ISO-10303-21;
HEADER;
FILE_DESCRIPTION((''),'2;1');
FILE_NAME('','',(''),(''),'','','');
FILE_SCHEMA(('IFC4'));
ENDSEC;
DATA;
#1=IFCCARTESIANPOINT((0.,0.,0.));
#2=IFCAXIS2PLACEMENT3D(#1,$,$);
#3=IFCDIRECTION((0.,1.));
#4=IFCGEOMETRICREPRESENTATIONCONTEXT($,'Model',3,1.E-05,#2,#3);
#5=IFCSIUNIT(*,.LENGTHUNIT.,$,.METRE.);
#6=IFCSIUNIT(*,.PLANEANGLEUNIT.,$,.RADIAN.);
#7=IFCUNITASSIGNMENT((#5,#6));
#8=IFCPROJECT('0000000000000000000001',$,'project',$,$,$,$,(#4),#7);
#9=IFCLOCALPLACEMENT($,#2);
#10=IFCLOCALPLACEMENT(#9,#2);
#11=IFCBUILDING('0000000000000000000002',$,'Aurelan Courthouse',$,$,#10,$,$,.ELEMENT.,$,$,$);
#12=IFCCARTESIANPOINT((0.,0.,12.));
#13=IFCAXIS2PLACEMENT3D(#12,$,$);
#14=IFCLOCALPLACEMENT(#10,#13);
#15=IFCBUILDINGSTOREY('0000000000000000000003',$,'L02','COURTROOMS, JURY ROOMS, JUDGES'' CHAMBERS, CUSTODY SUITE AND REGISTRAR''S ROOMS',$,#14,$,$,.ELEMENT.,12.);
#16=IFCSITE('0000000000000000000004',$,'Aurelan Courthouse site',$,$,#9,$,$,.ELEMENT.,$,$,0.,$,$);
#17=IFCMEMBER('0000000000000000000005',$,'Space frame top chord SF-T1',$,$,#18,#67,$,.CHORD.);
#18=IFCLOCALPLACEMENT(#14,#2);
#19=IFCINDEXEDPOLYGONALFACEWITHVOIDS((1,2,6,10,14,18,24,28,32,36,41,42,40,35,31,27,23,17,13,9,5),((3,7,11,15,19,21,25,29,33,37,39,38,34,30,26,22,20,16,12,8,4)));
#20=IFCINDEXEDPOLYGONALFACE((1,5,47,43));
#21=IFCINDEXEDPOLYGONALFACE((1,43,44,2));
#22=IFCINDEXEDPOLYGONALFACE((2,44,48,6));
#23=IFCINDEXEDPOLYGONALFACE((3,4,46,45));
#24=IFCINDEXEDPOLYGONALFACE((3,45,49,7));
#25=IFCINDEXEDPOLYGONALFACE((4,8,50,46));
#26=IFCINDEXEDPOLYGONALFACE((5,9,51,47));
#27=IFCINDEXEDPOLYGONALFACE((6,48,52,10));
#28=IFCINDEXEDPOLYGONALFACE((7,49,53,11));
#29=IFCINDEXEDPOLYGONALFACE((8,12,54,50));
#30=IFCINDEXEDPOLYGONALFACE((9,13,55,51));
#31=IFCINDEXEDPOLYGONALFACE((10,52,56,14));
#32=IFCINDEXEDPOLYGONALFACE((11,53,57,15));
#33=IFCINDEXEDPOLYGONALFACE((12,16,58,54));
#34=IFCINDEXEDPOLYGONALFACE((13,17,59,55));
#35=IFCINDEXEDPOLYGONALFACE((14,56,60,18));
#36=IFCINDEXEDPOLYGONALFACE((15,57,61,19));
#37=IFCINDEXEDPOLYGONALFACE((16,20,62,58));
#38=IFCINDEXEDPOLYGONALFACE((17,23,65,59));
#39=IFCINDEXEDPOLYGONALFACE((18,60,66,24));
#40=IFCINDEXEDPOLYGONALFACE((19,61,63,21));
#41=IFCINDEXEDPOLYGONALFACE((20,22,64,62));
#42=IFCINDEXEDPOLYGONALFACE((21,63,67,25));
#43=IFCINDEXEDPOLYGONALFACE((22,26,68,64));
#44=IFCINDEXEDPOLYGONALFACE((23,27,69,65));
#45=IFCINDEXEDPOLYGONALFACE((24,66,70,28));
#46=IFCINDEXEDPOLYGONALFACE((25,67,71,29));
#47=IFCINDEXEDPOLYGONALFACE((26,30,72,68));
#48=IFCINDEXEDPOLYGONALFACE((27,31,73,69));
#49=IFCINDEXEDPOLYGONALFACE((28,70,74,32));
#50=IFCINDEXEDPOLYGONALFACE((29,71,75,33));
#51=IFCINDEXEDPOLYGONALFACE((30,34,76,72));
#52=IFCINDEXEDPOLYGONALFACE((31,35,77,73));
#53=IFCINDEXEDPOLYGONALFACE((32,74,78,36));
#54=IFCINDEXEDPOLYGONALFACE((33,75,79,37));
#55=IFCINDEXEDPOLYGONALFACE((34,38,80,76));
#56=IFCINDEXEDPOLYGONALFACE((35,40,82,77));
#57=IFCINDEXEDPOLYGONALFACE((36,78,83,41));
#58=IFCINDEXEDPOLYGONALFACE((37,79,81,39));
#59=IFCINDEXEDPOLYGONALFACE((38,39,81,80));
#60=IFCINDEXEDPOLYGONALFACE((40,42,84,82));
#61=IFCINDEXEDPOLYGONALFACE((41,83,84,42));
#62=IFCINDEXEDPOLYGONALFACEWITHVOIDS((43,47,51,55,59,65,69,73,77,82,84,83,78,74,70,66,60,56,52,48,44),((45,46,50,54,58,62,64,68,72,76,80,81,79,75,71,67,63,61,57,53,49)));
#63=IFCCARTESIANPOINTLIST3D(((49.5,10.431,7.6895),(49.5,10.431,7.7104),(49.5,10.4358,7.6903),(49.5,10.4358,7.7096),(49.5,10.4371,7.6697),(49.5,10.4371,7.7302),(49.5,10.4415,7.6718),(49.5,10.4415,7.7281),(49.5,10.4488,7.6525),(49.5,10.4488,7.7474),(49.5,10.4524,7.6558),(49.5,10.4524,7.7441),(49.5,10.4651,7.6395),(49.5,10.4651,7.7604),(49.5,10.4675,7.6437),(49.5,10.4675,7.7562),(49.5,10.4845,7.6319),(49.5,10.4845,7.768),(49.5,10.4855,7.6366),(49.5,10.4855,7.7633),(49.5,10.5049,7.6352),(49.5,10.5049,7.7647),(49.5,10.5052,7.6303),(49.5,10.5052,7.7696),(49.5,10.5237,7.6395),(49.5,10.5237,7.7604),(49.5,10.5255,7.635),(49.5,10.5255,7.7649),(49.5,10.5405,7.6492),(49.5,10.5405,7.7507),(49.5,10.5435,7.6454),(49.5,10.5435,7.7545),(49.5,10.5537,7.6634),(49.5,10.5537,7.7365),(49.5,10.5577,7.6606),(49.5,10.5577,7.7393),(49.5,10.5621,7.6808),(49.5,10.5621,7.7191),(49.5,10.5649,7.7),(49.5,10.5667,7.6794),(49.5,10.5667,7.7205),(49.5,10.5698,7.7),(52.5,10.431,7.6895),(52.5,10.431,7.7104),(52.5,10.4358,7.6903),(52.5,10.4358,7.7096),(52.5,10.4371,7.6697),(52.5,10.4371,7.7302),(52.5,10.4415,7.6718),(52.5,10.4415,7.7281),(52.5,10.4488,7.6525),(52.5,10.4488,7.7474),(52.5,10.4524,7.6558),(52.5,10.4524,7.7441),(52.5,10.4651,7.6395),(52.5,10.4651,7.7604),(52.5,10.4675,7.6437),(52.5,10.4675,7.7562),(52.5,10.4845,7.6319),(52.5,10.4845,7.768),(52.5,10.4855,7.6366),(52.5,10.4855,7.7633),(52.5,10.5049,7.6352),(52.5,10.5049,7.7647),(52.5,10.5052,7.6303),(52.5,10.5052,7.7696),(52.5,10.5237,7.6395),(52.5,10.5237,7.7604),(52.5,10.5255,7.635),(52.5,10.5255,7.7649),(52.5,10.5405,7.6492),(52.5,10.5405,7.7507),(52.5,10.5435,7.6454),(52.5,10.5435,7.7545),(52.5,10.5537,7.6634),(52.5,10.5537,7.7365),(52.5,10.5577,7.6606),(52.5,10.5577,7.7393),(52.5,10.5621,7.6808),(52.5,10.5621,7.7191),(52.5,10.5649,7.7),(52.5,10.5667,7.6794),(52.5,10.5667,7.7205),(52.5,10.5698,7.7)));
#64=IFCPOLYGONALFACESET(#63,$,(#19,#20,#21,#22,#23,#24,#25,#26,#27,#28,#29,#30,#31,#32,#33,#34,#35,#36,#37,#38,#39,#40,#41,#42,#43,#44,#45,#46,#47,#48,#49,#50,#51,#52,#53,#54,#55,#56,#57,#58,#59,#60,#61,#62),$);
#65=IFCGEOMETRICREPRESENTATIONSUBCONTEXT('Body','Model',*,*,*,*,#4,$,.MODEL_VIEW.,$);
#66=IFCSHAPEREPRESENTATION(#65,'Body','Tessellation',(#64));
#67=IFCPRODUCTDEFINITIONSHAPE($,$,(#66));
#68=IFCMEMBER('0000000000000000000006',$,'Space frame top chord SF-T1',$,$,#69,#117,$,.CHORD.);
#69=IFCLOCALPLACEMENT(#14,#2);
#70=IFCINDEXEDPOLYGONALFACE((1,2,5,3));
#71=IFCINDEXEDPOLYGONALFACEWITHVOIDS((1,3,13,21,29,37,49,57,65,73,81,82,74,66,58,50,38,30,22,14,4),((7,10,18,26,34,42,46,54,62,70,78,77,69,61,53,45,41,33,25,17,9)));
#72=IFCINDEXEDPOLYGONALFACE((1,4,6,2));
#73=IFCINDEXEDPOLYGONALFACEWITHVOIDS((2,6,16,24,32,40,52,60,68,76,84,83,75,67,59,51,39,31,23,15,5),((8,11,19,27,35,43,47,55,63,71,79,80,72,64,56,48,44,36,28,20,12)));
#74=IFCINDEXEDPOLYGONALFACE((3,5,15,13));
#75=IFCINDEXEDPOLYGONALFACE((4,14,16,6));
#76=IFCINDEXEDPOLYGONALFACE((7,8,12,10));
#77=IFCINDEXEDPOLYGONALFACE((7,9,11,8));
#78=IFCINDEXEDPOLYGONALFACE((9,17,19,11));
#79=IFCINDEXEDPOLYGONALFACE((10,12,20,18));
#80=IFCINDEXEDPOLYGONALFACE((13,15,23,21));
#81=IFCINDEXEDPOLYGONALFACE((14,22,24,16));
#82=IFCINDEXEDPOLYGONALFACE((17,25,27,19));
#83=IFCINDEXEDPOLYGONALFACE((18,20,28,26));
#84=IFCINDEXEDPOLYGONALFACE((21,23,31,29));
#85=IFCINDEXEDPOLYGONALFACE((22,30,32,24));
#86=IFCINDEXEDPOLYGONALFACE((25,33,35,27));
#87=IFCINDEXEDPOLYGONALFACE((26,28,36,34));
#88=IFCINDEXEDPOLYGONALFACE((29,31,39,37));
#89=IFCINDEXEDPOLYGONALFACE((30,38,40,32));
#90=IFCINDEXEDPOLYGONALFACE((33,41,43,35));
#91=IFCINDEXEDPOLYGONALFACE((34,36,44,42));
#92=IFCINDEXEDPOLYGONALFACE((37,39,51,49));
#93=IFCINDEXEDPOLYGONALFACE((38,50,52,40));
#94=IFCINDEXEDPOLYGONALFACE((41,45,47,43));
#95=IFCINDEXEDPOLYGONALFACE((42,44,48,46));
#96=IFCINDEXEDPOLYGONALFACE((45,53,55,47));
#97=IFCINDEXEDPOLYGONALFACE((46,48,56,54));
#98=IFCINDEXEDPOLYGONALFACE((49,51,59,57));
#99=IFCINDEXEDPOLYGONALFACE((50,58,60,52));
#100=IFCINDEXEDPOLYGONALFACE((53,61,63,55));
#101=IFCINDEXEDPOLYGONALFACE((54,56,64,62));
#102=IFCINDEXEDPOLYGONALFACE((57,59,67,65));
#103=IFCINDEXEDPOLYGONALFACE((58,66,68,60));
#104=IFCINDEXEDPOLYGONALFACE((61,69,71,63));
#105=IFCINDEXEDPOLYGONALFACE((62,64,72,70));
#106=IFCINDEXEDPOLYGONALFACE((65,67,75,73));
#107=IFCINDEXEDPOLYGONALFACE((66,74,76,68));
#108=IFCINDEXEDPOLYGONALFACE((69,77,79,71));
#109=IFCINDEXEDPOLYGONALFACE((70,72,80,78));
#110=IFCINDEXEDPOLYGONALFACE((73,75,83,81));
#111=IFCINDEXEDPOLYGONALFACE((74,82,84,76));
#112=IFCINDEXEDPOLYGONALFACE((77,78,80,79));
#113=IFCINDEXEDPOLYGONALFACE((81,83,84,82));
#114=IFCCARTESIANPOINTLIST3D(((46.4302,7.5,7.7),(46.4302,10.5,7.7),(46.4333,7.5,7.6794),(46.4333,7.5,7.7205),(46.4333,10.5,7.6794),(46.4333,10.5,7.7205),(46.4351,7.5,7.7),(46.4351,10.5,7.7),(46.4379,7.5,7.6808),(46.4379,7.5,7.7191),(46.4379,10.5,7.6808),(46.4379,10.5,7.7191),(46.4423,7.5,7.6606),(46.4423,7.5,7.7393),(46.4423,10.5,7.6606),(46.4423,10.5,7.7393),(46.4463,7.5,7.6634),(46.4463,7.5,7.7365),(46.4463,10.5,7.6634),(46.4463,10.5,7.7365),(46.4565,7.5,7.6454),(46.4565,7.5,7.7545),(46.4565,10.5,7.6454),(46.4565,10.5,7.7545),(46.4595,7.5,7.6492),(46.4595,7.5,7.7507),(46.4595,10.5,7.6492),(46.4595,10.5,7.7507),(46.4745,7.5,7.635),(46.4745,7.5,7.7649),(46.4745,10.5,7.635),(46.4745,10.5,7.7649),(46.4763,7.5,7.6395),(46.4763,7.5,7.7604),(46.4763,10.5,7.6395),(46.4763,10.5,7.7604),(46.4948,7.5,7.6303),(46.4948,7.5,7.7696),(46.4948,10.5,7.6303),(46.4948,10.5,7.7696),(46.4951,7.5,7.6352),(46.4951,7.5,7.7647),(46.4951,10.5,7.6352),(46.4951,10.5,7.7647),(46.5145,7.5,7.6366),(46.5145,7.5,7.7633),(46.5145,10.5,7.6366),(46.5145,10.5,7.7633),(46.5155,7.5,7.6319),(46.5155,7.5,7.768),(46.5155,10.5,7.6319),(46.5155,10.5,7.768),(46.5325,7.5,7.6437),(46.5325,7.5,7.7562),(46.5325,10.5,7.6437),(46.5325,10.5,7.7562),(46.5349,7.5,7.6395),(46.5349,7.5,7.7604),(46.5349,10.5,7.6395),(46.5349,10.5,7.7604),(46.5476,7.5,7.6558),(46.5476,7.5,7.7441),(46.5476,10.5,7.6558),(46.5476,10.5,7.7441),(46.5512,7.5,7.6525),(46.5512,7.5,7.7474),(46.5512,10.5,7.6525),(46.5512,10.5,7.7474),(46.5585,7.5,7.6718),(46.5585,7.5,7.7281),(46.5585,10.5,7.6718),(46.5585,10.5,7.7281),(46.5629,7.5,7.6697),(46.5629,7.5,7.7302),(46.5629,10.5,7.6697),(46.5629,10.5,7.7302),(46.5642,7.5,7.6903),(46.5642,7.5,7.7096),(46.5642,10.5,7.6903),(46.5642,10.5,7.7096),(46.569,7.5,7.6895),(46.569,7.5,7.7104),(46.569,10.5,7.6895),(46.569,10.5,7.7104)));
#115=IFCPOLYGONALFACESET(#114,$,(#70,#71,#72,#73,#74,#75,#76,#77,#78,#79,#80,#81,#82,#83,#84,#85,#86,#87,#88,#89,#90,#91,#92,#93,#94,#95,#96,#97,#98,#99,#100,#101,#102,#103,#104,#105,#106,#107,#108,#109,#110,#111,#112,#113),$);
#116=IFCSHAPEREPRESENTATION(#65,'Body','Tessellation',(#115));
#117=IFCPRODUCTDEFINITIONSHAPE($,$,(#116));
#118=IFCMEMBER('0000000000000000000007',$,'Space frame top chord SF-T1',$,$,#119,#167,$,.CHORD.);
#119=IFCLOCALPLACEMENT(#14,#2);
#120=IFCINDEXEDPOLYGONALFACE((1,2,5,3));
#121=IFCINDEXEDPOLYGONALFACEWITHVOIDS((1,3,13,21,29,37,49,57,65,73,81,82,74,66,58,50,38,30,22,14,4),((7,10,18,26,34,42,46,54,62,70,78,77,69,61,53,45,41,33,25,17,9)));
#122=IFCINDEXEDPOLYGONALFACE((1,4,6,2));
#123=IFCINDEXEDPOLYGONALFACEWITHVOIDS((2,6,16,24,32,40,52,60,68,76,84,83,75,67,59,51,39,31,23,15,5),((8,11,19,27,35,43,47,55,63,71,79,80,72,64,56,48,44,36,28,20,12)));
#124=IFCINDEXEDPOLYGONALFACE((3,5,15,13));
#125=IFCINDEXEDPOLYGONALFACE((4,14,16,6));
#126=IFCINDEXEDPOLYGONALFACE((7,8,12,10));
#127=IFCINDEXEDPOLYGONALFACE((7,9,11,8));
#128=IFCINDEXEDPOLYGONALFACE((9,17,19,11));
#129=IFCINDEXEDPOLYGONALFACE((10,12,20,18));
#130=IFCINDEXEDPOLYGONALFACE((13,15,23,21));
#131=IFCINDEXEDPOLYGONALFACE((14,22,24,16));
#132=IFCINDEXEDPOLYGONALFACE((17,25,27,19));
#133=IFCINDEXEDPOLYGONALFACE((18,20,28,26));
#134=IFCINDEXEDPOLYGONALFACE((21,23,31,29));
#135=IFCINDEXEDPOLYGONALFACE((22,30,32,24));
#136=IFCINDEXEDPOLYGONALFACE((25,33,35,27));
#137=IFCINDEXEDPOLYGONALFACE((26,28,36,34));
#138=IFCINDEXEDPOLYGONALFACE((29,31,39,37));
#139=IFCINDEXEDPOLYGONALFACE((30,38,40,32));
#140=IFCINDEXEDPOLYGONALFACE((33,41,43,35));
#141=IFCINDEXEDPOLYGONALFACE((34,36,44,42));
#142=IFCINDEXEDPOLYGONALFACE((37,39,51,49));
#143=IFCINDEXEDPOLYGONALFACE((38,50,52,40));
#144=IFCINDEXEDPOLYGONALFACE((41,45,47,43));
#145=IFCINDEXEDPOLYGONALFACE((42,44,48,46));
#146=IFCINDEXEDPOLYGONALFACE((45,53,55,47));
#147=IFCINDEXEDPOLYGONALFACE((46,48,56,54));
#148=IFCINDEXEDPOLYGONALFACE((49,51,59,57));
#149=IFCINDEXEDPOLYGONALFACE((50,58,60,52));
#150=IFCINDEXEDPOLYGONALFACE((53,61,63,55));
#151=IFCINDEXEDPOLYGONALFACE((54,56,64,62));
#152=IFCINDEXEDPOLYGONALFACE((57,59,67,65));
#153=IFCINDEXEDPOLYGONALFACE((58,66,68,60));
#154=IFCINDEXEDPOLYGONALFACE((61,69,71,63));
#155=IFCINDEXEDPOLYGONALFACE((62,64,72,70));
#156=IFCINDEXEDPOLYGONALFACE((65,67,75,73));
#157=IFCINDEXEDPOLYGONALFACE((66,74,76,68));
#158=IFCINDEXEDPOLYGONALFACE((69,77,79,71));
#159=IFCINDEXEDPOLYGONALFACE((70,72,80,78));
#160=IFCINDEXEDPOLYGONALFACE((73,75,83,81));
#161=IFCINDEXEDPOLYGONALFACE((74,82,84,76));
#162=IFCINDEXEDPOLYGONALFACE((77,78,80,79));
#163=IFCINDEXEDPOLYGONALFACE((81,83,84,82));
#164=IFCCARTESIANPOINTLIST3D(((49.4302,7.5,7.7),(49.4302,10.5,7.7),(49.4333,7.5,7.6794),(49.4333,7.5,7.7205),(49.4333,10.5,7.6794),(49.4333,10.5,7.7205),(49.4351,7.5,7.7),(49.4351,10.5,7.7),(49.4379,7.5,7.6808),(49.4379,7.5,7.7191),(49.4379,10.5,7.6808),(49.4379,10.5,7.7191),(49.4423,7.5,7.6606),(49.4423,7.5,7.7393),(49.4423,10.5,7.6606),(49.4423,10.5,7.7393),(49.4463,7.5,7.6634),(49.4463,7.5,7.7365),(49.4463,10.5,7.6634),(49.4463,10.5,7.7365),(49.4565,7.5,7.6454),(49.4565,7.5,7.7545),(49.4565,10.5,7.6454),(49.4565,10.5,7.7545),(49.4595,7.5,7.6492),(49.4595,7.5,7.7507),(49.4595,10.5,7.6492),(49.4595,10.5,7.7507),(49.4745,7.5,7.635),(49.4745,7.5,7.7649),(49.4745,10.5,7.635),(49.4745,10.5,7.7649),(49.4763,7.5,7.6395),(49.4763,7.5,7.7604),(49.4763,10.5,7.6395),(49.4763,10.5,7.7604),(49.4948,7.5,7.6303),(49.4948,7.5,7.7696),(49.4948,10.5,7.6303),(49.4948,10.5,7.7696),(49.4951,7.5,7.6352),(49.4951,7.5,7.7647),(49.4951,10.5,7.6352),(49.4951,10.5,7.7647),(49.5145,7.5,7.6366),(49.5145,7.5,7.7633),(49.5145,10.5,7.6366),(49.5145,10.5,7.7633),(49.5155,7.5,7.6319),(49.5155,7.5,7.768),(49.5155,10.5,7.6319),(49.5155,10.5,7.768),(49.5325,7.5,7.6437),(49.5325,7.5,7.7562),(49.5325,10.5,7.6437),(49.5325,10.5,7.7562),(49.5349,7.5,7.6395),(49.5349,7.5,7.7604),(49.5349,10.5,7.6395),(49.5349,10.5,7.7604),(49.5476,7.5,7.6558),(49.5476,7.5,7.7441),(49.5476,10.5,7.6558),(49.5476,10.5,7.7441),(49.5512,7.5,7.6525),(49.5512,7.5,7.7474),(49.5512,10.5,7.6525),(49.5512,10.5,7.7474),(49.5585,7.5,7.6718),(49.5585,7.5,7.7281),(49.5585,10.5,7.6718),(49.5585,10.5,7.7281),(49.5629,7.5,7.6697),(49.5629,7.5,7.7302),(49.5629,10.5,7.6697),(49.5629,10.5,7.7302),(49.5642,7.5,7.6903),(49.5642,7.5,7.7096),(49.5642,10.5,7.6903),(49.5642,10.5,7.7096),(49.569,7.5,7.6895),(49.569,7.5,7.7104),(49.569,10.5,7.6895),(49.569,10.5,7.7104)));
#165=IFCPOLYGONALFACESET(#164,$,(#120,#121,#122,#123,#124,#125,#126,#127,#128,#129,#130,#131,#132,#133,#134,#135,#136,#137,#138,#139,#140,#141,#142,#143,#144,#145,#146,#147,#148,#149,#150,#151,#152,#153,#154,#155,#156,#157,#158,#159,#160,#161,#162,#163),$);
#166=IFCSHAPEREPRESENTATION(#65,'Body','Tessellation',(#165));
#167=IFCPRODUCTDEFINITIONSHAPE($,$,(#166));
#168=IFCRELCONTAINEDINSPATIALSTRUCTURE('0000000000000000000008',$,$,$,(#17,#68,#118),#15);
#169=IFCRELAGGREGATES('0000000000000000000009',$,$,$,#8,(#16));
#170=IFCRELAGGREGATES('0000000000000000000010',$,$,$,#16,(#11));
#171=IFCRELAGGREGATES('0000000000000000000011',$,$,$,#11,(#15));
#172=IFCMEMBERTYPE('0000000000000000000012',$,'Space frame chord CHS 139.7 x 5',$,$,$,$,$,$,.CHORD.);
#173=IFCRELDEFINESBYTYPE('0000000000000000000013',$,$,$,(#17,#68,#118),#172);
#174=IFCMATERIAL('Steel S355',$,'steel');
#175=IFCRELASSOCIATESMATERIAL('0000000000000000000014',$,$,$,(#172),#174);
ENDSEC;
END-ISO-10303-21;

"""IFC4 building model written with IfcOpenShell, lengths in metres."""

from ifc_helpers import new_model, si_unit, direction, frame, origin, origin_2d, place, context, subcontext, project, spatial, hollow_circle, extrude, material, material_profile, profile_set, type_object, element, save


model = new_model("IFC4")

# Units and contexts
model_context = context("Model", 3, precision=1e-05, world=origin(), true_north=direction((0.0, 1.0)))
body_context = subcontext(model_context, "Body", "Model", "MODEL_VIEW")
ifc_project = project(units=[si_unit("LENGTHUNIT", "METRE"), si_unit("PLANEANGLEUNIT", "RADIAN")], contexts=[model_context])

# Site, building, storey
site_placement = place(None, origin())
site = spatial("IfcSite", under=ifc_project, at=site_placement, Name="Aurelan Courthouse site", CompositionType="ELEMENT", RefElevation=0.0)
building_placement = place(site_placement, origin())
building = spatial("IfcBuilding", under=site, at=building_placement, Name="Aurelan Courthouse", CompositionType="ELEMENT")
storey_placement = place(building_placement, frame((0.0, 0.0, 12.0)))
storey = spatial("IfcBuildingStorey", under=building, at=storey_placement, Name="L02", Description="COURTROOMS, JURY ROOMS, JUDGES' CHAMBERS, CUSTODY SUITE AND REGISTRAR'S ROOMS", CompositionType="ELEMENT", Elevation=12.0)

# Members
ifc_material_1 = material(Name="Steel S355", Category="steel")
ifc_material_profile_1 = material_profile(ifc_material_1, hollow_circle(Radius=0.0698, WallThickness=0.0049, at=origin_2d()), Name="CHS 139.7 x 5")
ifc_profile_set_1 = profile_set([ifc_material_profile_1], Name="Steel S355")
member_type_1 = type_object("IfcMemberType", Name="Space frame chord CHS 139.7 x 5", PredefinedType="CHORD", material=ifc_profile_set_1)
for number, where, z_axis, x_axis, name in (
    (1, (49.5, 10.5, 7.7), (1.0, 0.0, 0.0), (0.0, 1.0, 0.0), "Space frame top chord SF-T1"),
    (2, (46.5, 7.5, 7.7), (0.0, 1.0, 0.0), (-1.0, 0.0, 0.0), "Space frame top chord SF-T1"),
    (3, (49.5, 7.5, 7.7), (0.0, 1.0, 0.0), (-1.0, 0.0, 0.0), "Space frame top chord SF-T1"),
):
    element("IfcMember", number, at=place(storey_placement, frame(where, z_axis=z_axis, x_axis=x_axis)), inside=storey, type_object=member_type_1, Name=name, PredefinedType="CHORD", context=body_context, shape_type="SweptSolid", body=[
        extrude(hollow_circle(Radius=0.0698, WallThickness=0.0049, at=origin_2d()), origin(), (0.0, 0.0, 1.0), 3.0),
    ])

save(model, "model.ifc")
